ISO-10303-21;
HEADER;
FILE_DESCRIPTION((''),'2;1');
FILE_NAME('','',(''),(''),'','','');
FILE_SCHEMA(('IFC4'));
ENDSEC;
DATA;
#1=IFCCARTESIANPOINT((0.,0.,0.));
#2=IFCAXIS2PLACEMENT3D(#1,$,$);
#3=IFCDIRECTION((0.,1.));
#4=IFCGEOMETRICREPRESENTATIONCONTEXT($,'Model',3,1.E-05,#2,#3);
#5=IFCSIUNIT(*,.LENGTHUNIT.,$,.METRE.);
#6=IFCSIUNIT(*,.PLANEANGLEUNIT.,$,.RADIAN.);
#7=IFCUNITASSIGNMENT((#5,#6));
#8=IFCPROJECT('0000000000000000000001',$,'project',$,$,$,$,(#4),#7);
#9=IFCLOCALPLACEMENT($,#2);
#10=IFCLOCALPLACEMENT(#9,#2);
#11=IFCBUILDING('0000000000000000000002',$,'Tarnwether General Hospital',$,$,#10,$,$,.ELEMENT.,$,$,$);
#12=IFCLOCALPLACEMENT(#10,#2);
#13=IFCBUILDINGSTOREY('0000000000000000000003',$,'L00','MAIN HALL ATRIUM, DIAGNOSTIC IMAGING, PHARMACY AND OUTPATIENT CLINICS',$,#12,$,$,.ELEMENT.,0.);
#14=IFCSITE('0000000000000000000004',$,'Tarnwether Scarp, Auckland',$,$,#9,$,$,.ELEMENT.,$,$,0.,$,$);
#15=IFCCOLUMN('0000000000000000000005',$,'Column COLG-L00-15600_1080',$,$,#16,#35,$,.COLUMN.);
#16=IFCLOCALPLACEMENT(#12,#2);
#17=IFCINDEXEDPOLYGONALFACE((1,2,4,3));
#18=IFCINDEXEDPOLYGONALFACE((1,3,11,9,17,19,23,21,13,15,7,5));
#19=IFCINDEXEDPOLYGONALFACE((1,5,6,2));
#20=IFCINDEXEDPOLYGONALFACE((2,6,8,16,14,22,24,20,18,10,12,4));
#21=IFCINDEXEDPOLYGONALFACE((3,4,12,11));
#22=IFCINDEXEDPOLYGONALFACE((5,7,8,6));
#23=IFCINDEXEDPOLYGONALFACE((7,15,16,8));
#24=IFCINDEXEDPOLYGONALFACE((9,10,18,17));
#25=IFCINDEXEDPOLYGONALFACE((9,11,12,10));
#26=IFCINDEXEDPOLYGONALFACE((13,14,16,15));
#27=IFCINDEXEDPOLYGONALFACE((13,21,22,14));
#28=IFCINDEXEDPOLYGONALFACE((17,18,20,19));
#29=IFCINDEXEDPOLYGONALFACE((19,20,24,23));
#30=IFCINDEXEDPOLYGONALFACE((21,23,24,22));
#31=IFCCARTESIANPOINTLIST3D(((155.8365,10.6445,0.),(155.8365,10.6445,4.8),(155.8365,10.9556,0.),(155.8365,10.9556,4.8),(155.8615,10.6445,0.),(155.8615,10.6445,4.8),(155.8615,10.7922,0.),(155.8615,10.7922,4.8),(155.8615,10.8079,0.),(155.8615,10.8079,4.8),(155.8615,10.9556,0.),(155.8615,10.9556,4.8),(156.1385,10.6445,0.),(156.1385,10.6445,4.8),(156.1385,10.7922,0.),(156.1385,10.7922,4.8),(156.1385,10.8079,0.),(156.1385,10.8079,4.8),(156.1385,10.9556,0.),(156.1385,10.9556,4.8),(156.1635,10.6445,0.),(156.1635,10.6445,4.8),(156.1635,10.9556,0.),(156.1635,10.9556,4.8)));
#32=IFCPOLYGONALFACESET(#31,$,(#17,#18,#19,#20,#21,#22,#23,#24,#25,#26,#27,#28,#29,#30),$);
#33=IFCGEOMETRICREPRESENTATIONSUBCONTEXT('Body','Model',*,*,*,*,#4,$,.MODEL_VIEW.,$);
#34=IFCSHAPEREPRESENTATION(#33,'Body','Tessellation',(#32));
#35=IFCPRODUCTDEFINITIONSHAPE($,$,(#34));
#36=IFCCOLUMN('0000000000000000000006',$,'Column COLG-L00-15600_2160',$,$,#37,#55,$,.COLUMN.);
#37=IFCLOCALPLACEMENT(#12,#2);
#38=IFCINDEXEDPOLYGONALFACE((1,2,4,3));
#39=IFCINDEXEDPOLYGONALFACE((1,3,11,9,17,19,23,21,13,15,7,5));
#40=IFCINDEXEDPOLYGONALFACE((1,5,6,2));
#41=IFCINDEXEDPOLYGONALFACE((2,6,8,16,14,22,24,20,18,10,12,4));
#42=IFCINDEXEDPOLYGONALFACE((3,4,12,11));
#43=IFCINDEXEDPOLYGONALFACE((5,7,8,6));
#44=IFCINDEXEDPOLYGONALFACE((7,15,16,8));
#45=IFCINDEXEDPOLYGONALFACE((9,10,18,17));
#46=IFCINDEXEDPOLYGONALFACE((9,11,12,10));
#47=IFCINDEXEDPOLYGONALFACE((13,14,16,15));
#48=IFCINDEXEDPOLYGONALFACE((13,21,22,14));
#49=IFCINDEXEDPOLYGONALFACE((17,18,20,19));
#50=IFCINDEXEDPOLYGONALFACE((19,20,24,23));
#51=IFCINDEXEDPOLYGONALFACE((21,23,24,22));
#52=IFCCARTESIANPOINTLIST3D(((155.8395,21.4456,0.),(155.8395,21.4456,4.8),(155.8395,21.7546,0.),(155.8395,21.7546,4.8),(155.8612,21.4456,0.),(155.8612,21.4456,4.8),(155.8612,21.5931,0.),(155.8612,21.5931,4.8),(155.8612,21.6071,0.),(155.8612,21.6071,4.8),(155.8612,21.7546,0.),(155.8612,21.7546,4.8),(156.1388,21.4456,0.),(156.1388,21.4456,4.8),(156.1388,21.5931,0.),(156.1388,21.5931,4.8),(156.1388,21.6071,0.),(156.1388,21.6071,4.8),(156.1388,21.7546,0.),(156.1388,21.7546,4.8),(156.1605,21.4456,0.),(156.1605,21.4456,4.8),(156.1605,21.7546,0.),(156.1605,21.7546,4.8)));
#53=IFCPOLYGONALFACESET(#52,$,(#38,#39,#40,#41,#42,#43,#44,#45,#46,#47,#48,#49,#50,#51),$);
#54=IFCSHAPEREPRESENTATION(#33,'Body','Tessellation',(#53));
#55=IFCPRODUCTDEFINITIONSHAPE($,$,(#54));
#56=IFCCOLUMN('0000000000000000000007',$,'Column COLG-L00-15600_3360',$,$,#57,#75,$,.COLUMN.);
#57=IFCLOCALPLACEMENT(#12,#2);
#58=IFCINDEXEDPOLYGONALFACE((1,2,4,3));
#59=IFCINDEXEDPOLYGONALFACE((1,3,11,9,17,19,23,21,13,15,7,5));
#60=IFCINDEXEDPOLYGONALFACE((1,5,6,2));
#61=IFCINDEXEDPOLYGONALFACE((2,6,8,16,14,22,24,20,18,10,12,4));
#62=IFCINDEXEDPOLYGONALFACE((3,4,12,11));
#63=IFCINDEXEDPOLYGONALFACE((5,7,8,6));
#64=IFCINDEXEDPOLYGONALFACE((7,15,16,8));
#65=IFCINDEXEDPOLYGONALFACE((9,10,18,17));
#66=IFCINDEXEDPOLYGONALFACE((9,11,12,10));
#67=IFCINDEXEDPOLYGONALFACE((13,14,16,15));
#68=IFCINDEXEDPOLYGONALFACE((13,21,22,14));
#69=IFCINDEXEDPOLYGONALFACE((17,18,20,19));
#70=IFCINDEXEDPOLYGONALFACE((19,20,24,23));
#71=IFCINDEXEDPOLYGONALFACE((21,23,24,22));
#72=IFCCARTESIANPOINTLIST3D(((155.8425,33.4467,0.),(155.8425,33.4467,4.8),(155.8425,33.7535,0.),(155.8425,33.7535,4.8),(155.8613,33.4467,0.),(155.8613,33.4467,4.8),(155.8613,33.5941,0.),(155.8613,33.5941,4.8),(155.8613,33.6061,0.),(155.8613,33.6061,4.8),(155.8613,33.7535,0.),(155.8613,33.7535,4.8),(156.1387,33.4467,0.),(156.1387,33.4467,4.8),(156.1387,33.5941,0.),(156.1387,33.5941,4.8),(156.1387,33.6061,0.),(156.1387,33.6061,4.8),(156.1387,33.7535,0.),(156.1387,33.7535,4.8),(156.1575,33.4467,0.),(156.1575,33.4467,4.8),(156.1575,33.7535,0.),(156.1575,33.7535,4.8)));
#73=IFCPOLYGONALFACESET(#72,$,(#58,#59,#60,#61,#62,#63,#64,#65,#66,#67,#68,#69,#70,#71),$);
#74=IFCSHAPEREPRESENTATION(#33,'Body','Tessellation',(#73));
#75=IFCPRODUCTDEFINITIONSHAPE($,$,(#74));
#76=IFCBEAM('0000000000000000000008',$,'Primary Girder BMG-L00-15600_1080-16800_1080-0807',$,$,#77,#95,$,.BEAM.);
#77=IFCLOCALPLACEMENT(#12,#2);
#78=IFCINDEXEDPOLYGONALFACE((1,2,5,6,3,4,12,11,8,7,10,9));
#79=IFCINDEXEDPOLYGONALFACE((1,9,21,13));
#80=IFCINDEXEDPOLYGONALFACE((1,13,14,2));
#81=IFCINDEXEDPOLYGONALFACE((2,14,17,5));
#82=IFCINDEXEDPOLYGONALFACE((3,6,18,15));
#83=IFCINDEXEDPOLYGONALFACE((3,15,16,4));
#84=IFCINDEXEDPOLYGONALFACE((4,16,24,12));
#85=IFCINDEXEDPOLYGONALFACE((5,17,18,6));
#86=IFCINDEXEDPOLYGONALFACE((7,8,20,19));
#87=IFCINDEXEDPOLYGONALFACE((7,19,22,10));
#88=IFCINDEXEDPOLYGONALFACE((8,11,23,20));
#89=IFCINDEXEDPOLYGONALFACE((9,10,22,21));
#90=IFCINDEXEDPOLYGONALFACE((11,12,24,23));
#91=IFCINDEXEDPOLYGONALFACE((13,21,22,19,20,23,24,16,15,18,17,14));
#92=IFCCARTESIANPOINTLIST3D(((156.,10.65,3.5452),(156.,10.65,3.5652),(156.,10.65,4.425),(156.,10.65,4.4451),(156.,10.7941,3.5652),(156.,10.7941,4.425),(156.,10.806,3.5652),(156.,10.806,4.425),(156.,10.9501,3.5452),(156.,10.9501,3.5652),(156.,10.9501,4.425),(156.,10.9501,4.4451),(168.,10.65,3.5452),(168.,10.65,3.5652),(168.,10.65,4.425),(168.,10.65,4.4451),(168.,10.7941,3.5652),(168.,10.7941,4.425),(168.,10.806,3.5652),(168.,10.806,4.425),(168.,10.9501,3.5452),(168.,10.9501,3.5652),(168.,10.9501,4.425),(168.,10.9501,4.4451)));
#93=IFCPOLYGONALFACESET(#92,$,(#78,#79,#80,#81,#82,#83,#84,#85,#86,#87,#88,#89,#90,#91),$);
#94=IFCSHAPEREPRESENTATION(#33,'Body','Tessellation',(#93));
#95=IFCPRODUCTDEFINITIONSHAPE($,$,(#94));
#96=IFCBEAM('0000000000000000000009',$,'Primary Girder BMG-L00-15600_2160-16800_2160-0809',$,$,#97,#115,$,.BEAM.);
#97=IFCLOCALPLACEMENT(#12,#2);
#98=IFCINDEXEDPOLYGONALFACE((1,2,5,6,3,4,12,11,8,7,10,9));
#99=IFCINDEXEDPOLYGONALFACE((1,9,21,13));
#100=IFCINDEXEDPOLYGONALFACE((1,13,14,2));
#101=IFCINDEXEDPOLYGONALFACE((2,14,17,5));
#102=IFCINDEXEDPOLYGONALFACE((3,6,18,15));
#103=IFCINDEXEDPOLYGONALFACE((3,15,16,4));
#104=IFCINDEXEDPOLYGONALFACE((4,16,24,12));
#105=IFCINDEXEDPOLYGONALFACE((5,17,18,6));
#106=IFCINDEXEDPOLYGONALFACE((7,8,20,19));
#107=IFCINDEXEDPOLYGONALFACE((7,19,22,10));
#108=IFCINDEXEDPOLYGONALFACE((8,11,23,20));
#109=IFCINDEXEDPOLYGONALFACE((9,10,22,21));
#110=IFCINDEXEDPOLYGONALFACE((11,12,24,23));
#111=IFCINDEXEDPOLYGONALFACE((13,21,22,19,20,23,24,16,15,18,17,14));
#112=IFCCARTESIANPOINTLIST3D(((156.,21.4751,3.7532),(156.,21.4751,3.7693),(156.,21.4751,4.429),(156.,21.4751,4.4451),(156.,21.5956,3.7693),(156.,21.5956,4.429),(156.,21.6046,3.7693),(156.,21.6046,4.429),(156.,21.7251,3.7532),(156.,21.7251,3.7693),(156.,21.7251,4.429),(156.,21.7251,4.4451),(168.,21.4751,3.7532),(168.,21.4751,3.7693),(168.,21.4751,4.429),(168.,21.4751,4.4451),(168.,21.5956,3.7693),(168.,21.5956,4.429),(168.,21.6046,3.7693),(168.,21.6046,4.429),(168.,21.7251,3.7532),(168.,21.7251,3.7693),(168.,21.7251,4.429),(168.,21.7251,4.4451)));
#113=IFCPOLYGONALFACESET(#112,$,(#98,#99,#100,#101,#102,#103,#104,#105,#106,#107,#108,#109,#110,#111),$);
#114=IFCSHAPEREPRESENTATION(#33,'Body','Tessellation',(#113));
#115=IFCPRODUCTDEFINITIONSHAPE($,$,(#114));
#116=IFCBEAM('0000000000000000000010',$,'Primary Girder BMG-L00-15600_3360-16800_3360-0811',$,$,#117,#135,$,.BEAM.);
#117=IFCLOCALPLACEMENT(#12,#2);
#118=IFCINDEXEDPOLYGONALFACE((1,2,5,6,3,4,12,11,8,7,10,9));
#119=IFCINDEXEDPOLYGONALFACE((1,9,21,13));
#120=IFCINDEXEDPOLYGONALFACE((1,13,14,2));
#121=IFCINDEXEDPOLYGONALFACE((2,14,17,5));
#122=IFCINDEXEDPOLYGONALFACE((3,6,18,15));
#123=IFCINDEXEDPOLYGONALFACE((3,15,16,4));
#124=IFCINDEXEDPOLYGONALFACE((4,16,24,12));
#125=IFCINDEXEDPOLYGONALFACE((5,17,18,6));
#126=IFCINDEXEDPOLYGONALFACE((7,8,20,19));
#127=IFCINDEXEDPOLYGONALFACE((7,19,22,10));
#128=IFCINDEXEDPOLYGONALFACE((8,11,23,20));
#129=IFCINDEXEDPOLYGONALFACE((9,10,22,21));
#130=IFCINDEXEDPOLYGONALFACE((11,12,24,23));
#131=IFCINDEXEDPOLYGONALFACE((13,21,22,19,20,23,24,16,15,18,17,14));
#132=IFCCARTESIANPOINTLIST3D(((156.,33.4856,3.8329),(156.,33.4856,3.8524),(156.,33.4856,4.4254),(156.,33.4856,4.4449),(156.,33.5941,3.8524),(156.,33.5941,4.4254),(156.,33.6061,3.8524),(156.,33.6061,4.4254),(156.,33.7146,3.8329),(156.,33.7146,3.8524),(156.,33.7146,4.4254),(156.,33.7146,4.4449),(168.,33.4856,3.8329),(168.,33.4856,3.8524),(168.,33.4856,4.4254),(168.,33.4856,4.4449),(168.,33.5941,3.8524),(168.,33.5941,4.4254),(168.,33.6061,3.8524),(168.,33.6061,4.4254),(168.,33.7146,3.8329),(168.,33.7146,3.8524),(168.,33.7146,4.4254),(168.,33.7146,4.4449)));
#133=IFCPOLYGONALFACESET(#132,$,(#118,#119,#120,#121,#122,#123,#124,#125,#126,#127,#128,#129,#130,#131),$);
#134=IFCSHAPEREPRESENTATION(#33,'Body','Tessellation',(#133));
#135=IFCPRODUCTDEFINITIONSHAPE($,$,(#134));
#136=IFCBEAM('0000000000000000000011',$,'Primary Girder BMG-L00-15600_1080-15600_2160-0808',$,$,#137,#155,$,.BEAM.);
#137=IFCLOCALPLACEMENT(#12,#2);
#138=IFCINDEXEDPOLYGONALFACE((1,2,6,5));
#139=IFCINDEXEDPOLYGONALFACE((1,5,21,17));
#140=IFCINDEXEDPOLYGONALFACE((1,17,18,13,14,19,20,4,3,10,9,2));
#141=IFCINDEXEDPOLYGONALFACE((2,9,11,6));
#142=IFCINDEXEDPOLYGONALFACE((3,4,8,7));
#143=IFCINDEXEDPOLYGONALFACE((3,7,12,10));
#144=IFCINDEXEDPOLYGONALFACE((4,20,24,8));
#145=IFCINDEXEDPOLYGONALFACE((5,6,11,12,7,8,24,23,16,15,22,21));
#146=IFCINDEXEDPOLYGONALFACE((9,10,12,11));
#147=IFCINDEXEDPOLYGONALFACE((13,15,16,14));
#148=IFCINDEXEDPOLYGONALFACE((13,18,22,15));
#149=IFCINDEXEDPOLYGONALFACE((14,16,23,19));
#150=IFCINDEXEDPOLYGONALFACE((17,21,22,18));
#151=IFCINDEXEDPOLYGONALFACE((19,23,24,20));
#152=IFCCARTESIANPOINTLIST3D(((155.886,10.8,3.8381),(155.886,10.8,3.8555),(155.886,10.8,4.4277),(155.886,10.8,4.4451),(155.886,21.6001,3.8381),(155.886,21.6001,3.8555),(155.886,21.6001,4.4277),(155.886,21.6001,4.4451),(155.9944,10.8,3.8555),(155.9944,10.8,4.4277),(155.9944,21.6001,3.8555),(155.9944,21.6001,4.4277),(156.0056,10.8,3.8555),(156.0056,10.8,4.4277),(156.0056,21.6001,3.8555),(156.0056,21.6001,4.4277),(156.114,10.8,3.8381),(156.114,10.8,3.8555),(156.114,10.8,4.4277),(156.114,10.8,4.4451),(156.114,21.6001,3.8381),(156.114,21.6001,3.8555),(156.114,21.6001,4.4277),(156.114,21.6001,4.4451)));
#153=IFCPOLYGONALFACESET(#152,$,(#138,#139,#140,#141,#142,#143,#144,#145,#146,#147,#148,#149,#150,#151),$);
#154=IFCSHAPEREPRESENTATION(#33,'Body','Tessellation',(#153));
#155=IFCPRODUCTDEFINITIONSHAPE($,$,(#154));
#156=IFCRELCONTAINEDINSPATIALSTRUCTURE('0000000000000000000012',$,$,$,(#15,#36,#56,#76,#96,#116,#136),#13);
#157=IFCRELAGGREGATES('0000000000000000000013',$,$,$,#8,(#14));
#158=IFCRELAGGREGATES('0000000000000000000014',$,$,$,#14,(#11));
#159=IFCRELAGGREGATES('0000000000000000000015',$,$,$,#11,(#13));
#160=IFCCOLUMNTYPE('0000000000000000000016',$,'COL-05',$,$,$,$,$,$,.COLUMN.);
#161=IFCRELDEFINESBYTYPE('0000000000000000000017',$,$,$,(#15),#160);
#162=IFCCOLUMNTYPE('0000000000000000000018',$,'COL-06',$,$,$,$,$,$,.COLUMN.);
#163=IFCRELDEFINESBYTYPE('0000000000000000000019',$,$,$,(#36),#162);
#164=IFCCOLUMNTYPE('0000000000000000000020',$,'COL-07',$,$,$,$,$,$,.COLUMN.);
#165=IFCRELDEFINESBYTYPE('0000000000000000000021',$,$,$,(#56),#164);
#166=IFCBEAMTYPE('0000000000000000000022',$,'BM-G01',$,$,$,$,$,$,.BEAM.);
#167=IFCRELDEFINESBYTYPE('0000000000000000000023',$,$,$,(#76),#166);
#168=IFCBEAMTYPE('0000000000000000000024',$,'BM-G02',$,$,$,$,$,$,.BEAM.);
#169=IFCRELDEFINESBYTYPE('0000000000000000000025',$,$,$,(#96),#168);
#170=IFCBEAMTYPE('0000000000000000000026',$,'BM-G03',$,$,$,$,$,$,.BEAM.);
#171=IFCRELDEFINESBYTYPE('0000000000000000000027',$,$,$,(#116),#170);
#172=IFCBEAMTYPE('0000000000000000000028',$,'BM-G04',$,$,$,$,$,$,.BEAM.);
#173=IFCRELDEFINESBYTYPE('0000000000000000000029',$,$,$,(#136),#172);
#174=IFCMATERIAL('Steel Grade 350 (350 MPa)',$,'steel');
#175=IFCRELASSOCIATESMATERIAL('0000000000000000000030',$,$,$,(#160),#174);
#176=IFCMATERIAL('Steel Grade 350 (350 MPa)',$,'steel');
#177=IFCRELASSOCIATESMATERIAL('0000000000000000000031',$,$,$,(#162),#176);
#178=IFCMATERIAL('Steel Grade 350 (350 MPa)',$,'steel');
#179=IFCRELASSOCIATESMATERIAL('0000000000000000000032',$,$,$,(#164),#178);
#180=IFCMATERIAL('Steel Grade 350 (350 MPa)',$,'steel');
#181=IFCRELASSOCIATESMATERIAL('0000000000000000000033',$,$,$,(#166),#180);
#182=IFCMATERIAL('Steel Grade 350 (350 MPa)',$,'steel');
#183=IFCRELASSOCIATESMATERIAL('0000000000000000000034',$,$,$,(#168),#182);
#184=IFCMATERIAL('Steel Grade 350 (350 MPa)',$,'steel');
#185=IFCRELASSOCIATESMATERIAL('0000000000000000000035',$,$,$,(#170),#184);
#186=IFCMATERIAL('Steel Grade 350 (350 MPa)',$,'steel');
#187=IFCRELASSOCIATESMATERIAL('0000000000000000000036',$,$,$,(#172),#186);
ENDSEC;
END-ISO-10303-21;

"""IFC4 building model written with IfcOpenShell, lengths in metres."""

from ifc_helpers import new_model, si_unit, direction, frame, origin, origin_2d, place, context, subcontext, project, spatial, i_section, extrude, material, material_profile, profile_set, type_object, element, save


model = new_model("IFC4")

# Units and contexts
model_context = context("Model", 3, precision=1e-05, world=origin(), true_north=direction((0.0, 1.0)))
body_context = subcontext(model_context, "Body", "Model", "MODEL_VIEW")
ifc_project = project(units=[si_unit("LENGTHUNIT", "METRE"), si_unit("PLANEANGLEUNIT", "RADIAN")], contexts=[model_context])

# Site, building, storey
site_placement = place(None, origin())
site = spatial("IfcSite", under=ifc_project, at=site_placement, Name="Tarnwether Scarp, Auckland", CompositionType="ELEMENT", RefElevation=0.0)
building_placement = place(site_placement, origin())
building = spatial("IfcBuilding", under=site, at=building_placement, Name="Tarnwether General Hospital", CompositionType="ELEMENT")
storey_placement = place(building_placement, origin())
storey = spatial("IfcBuildingStorey", under=building, at=storey_placement, Name="L00", Description="MAIN HALL ATRIUM, DIAGNOSTIC IMAGING, PHARMACY AND OUTPATIENT CLINICS", CompositionType="ELEMENT", Elevation=0.0)

# Columns
ifc_material_1 = material(Name="Steel Grade 350 (350 MPa)", Category="steel")
ifc_material_profile_1 = material_profile(ifc_material_1, i_section(OverallWidth=0.311, OverallDepth=0.3269, WebThickness=0.0156, FlangeThickness=0.0249, at=origin_2d()), Name="310UC158")
ifc_profile_set_1 = profile_set([ifc_material_profile_1], Name="Steel Grade 350 (350 MPa)")
column_type_1 = type_object("IfcColumnType", Name="COL-05", PredefinedType="COLUMN", material=ifc_profile_set_1)
column_1_placement = place(storey_placement, frame((156.0, 10.8, 0.0), z_axis=(0.0, 0.0, 1.0), x_axis=(0.0, 1.0, 0.0)))
element("IfcColumn", 1, at=column_1_placement, inside=storey, type_object=column_type_1, Name="Column COLG-L00-15600_1080", PredefinedType="COLUMN", context=body_context, shape_type="SweptSolid", body=[
    extrude(i_section(OverallWidth=0.311, OverallDepth=0.3269, WebThickness=0.0156, FlangeThickness=0.0249, at=origin_2d()), origin(), (0.0, 0.0, 1.0), 4.8),
])
ifc_material_2 = material(Name="Steel Grade 350 (350 MPa)", Category="steel")
ifc_material_profile_2 = material_profile(ifc_material_2, i_section(OverallWidth=0.3091, OverallDepth=0.321, WebThickness=0.0139, FlangeThickness=0.0217, at=origin_2d()), Name="310UC137")
ifc_profile_set_2 = profile_set([ifc_material_profile_2], Name="Steel Grade 350 (350 MPa)")
column_type_2 = type_object("IfcColumnType", Name="COL-06", PredefinedType="COLUMN", material=ifc_profile_set_2)
column_2_placement = place(storey_placement, frame((156.0, 21.6001, 0.0), z_axis=(0.0, 0.0, 1.0), x_axis=(0.0, 1.0, 0.0)))
element("IfcColumn", 2, at=column_2_placement, inside=storey, type_object=column_type_2, Name="Column COLG-L00-15600_2160", PredefinedType="COLUMN", context=body_context, shape_type="SweptSolid", body=[
    extrude(i_section(OverallWidth=0.3091, OverallDepth=0.321, WebThickness=0.0139, FlangeThickness=0.0217, at=origin_2d()), origin(), (0.0, 0.0, 1.0), 4.8),
])
ifc_material_3 = material(Name="Steel Grade 350 (350 MPa)", Category="steel")
ifc_material_profile_3 = material_profile(ifc_material_3, i_section(OverallWidth=0.3069, OverallDepth=0.3149, WebThickness=0.012, FlangeThickness=0.0188, at=origin_2d()), Name="310UC118")
ifc_profile_set_3 = profile_set([ifc_material_profile_3], Name="Steel Grade 350 (350 MPa)")
column_type_3 = type_object("IfcColumnType", Name="COL-07", PredefinedType="COLUMN", material=ifc_profile_set_3)
column_3_placement = place(storey_placement, frame((156.0, 33.6001, 0.0), z_axis=(0.0, 0.0, 1.0), x_axis=(0.0, 1.0, 0.0)))
element("IfcColumn", 3, at=column_3_placement, inside=storey, type_object=column_type_3, Name="Column COLG-L00-15600_3360", PredefinedType="COLUMN", context=body_context, shape_type="SweptSolid", body=[
    extrude(i_section(OverallWidth=0.3069, OverallDepth=0.3149, WebThickness=0.012, FlangeThickness=0.0188, at=origin_2d()), origin(), (0.0, 0.0, 1.0), 4.8),
])

# Beams
ifc_material_4 = material(Name="Steel Grade 350 (350 MPa)", Category="steel")
ifc_material_profile_4 = material_profile(ifc_material_4, i_section(OverallWidth=0.3, OverallDepth=0.8999, WebThickness=0.012, FlangeThickness=0.02, at=origin_2d()), Name="900WB175")
ifc_profile_set_4 = profile_set([ifc_material_profile_4], Name="Steel Grade 350 (350 MPa)")
beam_type_1 = type_object("IfcBeamType", Name="BM-G01", PredefinedType="BEAM", material=ifc_profile_set_4)
beam_1_placement = place(storey_placement, frame((156.0, 10.8, 3.9951), z_axis=(1.0, 0.0, 0.0), x_axis=(0.0, 1.0, 0.0)))
element("IfcBeam", 4, at=beam_1_placement, inside=storey, type_object=beam_type_1, Name="Primary Girder BMG-L00-15600_1080-16800_1080-0807", PredefinedType="BEAM", context=body_context, shape_type="SweptSolid", body=[
    extrude(i_section(OverallWidth=0.3, OverallDepth=0.8999, WebThickness=0.012, FlangeThickness=0.02, at=origin_2d()), origin(), (0.0, 0.0, 1.0), 12.0),
])
ifc_material_5 = material(Name="Steel Grade 350 (350 MPa)", Category="steel")
ifc_material_profile_5 = material_profile(ifc_material_5, i_section(OverallWidth=0.25, OverallDepth=0.6919, WebThickness=0.009, FlangeThickness=0.0161, at=origin_2d()), Name="700WB115")
ifc_profile_set_5 = profile_set([ifc_material_profile_5], Name="Steel Grade 350 (350 MPa)")
beam_type_2 = type_object("IfcBeamType", Name="BM-G02", PredefinedType="BEAM", material=ifc_profile_set_5)
beam_2_placement = place(storey_placement, frame((156.0, 21.6001, 4.0991), z_axis=(1.0, 0.0, 0.0), x_axis=(0.0, 1.0, 0.0)))
element("IfcBeam", 5, at=beam_2_placement, inside=storey, type_object=beam_type_2, Name="Primary Girder BMG-L00-15600_2160-16800_2160-0809", PredefinedType="BEAM", context=body_context, shape_type="SweptSolid", body=[
    extrude(i_section(OverallWidth=0.25, OverallDepth=0.6919, WebThickness=0.009, FlangeThickness=0.0161, at=origin_2d()), origin(), (0.0, 0.0, 1.0), 12.0),
])
ifc_material_6 = material(Name="Steel Grade 350 (350 MPa)", Category="steel")
ifc_material_profile_6 = material_profile(ifc_material_6, i_section(OverallWidth=0.229, OverallDepth=0.6121, WebThickness=0.012, FlangeThickness=0.0195, at=origin_2d()), Name="610UB125")
ifc_profile_set_6 = profile_set([ifc_material_profile_6], Name="Steel Grade 350 (350 MPa)")
beam_type_3 = type_object("IfcBeamType", Name="BM-G03", PredefinedType="BEAM", material=ifc_profile_set_6)
beam_3_placement = place(storey_placement, frame((156.0, 33.6001, 4.1389), z_axis=(1.0, 0.0, 0.0), x_axis=(0.0, 1.0, 0.0)))
element("IfcBeam", 6, at=beam_3_placement, inside=storey, type_object=beam_type_3, Name="Primary Girder BMG-L00-15600_3360-16800_3360-0811", PredefinedType="BEAM", context=body_context, shape_type="SweptSolid", body=[
    extrude(i_section(OverallWidth=0.229, OverallDepth=0.6121, WebThickness=0.012, FlangeThickness=0.0195, at=origin_2d()), origin(), (0.0, 0.0, 1.0), 12.0),
])
ifc_material_7 = material(Name="Steel Grade 350 (350 MPa)", Category="steel")
ifc_material_profile_7 = material_profile(ifc_material_7, i_section(OverallWidth=0.228, OverallDepth=0.6069, WebThickness=0.0112, FlangeThickness=0.0173, at=origin_2d()), Name="610UB113")
ifc_profile_set_7 = profile_set([ifc_material_profile_7], Name="Steel Grade 350 (350 MPa)")
beam_type_4 = type_object("IfcBeamType", Name="BM-G04", PredefinedType="BEAM", material=ifc_profile_set_7)
beam_4_placement = place(storey_placement, frame((156.0, 10.8, 4.1416), z_axis=(0.0, 1.0, 0.0), x_axis=(-1.0, 0.0, 0.0)))
element("IfcBeam", 7, at=beam_4_placement, inside=storey, type_object=beam_type_4, Name="Primary Girder BMG-L00-15600_1080-15600_2160-0808", PredefinedType="BEAM", context=body_context, shape_type="SweptSolid", body=[
    extrude(i_section(OverallWidth=0.228, OverallDepth=0.6069, WebThickness=0.0112, FlangeThickness=0.0173, at=origin_2d()), origin(), (0.0, 0.0, 1.0), 10.8),
])

save(model, "model.ifc")
